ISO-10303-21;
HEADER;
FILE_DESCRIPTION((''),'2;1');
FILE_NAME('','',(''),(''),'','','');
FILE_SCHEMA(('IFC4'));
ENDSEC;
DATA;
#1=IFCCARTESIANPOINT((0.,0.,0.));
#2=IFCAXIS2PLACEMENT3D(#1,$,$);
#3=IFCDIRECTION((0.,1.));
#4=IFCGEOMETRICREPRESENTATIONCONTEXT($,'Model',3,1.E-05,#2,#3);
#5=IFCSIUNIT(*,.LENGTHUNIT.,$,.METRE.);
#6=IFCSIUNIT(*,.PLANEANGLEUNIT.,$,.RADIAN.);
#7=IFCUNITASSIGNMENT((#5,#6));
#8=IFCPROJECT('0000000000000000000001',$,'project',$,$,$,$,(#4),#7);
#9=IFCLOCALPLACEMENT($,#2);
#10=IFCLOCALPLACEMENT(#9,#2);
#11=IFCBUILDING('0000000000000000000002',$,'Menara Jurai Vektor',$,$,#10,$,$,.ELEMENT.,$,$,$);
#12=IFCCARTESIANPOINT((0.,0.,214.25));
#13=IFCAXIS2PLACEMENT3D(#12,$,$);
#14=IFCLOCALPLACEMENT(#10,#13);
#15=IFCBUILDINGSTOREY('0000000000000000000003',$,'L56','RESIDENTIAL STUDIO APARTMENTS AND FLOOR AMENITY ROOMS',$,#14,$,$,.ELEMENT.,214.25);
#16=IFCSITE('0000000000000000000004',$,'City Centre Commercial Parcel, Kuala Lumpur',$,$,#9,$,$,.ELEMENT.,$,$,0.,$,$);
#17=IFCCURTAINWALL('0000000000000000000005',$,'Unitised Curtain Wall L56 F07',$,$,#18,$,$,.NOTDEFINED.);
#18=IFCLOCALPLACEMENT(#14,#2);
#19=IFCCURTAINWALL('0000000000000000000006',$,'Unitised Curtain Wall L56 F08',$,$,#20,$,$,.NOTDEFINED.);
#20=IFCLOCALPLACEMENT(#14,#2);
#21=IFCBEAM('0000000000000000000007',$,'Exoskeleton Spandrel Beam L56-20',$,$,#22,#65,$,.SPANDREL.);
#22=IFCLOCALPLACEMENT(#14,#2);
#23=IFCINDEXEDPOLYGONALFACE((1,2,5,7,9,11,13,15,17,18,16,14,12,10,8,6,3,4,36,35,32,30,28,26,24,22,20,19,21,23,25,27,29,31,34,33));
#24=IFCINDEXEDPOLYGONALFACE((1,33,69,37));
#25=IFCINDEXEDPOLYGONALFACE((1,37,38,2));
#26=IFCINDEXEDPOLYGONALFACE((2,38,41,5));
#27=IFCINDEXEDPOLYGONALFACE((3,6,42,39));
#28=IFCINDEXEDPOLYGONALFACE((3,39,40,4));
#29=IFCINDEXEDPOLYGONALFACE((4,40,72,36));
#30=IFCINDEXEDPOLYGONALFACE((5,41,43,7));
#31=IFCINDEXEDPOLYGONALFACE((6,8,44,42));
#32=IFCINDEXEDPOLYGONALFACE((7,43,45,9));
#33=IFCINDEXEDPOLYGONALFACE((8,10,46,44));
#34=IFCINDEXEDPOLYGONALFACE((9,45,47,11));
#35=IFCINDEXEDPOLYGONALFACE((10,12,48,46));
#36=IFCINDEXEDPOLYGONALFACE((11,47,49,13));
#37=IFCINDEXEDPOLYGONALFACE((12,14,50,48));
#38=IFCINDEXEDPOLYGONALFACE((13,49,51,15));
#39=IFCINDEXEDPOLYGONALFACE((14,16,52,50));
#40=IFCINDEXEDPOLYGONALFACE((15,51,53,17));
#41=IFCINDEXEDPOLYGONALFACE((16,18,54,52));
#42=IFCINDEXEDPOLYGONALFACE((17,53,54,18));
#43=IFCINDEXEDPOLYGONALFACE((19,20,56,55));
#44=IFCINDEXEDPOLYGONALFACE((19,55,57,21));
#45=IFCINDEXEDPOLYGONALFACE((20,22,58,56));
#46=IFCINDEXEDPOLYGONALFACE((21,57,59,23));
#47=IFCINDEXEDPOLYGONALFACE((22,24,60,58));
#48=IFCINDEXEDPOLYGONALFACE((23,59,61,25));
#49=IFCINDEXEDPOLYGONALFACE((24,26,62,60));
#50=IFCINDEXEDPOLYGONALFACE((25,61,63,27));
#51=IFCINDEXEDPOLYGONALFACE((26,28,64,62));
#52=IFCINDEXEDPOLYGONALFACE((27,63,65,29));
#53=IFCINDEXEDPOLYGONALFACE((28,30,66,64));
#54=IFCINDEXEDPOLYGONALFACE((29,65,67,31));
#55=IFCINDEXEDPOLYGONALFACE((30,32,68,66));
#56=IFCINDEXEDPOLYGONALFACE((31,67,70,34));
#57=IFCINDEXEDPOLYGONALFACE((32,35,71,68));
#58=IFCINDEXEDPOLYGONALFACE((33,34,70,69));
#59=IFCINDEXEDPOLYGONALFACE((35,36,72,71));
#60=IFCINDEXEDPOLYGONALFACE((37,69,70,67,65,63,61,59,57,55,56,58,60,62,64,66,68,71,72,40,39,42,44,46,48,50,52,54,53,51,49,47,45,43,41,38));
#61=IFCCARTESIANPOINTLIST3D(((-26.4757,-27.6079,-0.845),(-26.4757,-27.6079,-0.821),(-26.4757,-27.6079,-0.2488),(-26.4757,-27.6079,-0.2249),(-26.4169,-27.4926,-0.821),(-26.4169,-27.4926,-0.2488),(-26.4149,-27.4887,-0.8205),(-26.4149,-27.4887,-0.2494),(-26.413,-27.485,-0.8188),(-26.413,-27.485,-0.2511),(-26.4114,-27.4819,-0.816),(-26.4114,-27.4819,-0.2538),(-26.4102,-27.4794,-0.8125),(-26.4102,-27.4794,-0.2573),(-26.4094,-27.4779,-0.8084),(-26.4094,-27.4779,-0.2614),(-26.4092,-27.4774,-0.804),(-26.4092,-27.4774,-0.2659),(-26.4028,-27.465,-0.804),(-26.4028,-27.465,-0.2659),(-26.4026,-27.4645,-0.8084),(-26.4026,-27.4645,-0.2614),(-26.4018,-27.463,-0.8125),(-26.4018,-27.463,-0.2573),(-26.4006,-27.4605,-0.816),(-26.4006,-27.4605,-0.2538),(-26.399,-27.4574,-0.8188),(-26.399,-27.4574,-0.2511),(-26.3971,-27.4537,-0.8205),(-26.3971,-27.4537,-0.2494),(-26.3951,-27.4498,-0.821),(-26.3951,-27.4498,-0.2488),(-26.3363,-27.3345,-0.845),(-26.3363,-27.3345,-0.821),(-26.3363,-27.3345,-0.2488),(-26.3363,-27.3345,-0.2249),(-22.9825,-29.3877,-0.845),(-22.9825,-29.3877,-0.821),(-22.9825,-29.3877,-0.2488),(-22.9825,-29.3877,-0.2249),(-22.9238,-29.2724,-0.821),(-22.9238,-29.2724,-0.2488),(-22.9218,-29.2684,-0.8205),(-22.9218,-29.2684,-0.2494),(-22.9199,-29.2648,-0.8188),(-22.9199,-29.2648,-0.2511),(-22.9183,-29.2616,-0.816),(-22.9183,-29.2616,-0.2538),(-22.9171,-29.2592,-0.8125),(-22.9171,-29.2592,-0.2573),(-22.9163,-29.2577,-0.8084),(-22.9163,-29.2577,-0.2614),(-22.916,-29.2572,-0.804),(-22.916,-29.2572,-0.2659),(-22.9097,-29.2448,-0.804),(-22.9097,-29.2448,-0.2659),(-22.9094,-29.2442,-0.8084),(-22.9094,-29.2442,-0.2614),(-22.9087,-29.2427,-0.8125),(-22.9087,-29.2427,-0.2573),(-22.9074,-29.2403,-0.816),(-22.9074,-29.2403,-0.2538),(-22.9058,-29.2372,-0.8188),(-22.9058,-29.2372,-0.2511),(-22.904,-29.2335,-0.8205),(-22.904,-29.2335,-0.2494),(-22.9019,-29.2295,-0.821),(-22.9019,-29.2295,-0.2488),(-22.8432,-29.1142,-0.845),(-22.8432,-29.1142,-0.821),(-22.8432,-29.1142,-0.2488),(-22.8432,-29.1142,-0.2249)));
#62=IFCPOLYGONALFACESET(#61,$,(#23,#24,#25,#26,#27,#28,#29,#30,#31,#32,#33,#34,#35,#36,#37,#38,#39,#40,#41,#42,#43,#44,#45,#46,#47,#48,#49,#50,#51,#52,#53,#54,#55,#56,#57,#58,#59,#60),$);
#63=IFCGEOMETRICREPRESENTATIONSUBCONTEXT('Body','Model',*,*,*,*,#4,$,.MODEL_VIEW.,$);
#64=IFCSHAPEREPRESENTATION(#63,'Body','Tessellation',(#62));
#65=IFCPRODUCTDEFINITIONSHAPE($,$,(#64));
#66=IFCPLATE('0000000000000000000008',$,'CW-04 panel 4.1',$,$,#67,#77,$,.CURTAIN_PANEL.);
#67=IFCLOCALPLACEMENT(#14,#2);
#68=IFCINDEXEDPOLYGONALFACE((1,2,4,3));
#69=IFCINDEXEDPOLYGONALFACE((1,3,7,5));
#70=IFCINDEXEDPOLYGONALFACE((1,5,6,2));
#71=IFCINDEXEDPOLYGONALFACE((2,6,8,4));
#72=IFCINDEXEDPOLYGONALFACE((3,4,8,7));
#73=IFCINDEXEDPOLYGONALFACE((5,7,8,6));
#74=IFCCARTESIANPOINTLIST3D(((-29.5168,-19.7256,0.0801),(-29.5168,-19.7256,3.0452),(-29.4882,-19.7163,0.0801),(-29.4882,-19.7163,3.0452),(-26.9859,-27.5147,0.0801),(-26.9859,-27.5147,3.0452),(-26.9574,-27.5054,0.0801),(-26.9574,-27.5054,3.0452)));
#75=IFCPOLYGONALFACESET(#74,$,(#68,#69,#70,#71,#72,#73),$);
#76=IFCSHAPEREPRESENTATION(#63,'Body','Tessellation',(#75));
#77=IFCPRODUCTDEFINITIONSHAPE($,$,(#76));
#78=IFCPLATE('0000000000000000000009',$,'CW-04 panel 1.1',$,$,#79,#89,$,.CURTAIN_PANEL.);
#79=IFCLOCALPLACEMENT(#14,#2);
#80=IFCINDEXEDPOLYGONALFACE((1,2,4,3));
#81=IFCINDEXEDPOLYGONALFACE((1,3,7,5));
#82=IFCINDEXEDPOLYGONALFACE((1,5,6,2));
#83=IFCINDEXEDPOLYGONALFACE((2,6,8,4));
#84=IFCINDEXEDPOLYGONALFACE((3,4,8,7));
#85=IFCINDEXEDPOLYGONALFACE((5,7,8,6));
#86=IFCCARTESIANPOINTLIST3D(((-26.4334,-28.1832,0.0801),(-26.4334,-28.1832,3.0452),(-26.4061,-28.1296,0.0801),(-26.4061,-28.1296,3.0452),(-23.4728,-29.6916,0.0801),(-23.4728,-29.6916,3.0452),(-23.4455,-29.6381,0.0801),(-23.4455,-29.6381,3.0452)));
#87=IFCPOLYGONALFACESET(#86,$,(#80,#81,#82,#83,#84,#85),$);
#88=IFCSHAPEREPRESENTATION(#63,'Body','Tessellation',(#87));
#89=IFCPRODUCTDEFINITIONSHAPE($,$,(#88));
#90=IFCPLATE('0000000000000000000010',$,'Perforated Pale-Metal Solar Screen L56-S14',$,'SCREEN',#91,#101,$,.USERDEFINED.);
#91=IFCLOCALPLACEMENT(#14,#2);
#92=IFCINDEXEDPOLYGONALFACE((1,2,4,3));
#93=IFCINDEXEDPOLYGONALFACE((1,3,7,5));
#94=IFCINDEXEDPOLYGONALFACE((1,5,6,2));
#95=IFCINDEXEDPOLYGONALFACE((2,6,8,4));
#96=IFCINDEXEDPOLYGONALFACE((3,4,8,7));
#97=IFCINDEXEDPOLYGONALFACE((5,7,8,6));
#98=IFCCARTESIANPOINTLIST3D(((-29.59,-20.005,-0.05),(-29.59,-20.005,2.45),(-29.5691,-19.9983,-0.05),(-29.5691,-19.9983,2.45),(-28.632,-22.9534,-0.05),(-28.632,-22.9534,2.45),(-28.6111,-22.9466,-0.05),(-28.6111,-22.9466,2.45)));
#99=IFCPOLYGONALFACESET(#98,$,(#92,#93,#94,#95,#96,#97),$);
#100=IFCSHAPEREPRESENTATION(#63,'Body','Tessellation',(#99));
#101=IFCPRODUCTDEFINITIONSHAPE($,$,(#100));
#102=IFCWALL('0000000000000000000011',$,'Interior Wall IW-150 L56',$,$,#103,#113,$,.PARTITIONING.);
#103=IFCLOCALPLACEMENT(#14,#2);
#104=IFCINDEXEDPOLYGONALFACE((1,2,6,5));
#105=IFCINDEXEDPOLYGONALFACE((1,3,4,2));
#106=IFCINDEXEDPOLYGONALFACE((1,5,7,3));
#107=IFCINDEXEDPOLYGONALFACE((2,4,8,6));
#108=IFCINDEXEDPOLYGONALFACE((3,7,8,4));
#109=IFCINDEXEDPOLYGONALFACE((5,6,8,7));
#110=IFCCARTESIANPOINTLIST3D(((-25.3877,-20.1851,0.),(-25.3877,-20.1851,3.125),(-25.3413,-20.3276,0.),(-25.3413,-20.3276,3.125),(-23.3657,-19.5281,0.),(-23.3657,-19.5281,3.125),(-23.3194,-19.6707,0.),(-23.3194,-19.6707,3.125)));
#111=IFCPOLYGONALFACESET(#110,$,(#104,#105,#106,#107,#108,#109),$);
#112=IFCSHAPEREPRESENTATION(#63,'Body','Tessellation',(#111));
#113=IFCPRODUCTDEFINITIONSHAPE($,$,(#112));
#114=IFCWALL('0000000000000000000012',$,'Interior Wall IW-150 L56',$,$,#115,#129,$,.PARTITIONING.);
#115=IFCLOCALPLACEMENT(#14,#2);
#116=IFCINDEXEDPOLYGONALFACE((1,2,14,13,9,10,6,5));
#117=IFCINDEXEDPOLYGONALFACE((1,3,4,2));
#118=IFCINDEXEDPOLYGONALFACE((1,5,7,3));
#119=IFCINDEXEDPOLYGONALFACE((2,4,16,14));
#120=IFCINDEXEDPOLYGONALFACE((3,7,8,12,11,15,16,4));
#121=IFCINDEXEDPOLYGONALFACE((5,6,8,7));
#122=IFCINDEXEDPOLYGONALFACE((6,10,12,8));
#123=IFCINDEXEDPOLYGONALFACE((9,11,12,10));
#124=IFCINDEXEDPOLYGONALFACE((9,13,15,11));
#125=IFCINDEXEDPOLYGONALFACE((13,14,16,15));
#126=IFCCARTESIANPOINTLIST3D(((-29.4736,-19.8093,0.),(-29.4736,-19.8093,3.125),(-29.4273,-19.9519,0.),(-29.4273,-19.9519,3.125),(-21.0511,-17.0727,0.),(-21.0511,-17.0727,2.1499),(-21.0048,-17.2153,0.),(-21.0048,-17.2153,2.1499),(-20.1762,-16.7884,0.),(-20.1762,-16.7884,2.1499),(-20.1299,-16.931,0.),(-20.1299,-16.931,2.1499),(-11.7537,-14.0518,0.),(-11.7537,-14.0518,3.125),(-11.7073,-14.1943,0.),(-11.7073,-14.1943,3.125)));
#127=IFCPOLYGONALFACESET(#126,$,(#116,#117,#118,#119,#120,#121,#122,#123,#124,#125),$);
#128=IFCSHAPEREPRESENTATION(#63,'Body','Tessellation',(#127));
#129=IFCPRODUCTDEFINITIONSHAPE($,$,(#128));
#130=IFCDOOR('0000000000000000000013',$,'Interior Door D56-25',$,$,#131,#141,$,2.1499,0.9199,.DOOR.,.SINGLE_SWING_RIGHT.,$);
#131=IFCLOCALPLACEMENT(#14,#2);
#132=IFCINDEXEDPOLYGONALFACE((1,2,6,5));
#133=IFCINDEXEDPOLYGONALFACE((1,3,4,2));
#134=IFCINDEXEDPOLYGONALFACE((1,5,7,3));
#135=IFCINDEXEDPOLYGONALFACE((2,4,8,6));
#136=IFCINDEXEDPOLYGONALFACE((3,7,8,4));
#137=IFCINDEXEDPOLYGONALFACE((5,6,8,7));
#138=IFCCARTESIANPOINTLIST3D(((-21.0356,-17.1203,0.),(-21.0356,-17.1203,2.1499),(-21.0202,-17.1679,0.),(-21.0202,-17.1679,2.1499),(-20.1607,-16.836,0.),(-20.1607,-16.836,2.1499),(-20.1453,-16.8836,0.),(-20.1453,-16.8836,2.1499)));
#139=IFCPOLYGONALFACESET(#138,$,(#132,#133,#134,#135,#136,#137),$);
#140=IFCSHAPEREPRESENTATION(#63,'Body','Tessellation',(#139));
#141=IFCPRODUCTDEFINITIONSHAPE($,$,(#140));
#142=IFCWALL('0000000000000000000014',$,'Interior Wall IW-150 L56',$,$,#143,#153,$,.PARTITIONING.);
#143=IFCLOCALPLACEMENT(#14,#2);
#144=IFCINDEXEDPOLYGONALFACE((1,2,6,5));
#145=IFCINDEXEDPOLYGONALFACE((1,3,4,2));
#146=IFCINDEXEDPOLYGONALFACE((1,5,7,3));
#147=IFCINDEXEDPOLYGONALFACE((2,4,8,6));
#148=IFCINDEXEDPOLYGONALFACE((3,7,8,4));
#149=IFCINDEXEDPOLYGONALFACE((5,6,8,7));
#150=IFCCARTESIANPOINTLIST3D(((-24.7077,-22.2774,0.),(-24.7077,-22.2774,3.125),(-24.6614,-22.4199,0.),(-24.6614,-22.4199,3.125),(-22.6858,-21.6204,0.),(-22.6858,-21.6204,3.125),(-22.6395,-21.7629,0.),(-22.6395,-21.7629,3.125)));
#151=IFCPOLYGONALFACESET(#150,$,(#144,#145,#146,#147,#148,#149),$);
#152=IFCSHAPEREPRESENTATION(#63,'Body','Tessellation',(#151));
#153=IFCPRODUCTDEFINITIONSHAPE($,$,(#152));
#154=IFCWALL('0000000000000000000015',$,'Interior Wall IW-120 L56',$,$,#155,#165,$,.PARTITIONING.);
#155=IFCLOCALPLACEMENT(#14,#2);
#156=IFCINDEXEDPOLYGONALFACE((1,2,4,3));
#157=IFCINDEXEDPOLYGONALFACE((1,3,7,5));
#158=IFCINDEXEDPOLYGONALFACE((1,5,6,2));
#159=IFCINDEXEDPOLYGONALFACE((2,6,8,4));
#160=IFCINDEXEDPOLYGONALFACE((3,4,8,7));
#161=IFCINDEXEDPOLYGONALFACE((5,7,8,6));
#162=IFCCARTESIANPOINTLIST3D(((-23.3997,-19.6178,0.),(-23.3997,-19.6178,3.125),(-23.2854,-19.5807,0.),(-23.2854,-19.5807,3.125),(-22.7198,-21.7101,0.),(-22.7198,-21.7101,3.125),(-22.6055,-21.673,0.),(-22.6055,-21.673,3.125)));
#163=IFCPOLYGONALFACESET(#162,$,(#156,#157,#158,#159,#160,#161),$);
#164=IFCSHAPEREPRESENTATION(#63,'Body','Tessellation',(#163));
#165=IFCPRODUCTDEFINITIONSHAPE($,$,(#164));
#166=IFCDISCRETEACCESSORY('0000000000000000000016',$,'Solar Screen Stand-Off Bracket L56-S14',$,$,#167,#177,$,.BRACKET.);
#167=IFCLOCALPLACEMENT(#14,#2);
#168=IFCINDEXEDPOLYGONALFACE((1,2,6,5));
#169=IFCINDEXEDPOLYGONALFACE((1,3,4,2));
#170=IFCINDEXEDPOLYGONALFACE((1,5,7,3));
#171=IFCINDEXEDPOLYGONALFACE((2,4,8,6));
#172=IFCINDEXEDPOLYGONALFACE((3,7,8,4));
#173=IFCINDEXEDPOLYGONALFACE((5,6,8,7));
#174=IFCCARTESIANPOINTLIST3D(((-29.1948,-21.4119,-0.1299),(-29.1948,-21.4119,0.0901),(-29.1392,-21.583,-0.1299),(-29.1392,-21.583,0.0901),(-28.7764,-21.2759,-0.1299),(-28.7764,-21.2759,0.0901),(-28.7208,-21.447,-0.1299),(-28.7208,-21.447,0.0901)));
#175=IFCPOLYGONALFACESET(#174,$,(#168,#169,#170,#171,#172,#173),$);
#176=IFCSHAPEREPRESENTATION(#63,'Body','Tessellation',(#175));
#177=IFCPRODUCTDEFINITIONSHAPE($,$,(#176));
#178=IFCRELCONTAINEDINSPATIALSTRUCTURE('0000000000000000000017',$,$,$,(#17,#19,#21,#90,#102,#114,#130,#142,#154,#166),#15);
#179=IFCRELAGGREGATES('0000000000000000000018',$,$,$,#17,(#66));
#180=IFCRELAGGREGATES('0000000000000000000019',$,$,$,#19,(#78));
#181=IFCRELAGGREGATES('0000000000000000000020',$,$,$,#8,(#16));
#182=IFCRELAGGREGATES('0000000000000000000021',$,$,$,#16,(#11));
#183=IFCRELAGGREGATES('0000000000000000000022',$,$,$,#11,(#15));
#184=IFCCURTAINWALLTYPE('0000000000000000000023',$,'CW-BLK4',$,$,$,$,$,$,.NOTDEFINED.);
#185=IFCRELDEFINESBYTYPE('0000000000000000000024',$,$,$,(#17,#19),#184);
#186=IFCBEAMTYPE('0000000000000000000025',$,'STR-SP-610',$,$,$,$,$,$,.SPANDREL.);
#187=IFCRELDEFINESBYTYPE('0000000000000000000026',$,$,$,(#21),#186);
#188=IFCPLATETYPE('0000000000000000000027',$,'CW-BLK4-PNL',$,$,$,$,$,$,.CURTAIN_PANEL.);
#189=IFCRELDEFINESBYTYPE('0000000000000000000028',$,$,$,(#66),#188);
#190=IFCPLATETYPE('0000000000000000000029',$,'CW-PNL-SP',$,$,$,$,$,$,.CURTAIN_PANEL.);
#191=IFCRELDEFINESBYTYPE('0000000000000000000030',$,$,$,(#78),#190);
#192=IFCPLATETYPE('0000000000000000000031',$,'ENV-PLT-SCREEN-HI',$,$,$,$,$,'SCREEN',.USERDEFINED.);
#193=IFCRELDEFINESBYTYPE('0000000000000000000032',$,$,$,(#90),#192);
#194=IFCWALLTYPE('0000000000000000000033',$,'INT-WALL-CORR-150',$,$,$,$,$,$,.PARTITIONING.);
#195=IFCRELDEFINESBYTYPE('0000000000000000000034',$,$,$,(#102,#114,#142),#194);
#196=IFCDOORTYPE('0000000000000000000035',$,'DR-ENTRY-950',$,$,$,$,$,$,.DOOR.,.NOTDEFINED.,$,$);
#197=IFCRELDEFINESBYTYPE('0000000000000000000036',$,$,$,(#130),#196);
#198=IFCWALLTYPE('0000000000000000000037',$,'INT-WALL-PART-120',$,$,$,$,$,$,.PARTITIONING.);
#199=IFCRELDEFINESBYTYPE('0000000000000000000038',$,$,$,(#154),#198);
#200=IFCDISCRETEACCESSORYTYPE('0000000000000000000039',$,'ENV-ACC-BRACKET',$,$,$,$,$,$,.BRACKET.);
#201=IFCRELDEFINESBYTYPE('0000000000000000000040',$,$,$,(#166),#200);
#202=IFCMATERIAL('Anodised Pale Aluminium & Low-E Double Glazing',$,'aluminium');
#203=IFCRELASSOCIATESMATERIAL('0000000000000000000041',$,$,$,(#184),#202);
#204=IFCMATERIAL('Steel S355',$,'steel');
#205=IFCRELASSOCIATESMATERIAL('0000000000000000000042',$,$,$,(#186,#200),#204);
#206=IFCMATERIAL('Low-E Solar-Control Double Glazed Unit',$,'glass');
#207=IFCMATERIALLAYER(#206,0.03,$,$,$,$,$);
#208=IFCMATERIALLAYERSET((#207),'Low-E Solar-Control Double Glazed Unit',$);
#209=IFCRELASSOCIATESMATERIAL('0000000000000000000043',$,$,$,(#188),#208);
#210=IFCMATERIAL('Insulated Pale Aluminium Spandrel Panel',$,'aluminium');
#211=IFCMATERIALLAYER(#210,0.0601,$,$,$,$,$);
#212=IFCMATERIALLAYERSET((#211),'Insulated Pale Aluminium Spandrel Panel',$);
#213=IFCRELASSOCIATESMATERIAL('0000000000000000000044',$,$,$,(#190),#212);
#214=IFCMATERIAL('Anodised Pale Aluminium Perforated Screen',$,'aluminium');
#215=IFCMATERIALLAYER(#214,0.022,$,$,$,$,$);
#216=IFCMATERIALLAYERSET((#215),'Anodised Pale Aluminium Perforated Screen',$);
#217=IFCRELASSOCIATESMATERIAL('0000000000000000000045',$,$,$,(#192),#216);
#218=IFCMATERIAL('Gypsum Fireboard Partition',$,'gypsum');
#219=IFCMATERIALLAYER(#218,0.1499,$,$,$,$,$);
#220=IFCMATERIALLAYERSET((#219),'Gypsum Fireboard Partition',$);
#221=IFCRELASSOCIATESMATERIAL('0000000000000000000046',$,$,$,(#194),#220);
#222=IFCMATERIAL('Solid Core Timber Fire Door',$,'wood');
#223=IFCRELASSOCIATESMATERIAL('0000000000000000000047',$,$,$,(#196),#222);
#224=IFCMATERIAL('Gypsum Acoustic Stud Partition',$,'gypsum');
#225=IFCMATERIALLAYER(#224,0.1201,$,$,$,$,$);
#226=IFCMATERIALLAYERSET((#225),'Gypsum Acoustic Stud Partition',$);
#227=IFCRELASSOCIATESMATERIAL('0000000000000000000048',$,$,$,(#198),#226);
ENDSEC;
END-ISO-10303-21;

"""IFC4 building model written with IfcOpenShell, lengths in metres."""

from ifc_helpers import new_model, si_unit, direction, frame, frame_2d, origin, origin_2d, place, context, subcontext, project, spatial, rectangle, i_section, extrude, material, layer, layer_set, material_profile, profile_set, type_object, element, fill, aggregate, save


model = new_model("IFC4")

# Units and contexts
model_context = context("Model", 3, precision=1e-05, world=origin(), true_north=direction((0.0, 1.0)))
body_context = subcontext(model_context, "Body", "Model", "MODEL_VIEW")
ifc_project = project(units=[si_unit("LENGTHUNIT", "METRE"), si_unit("PLANEANGLEUNIT", "RADIAN")], contexts=[model_context])

# Site, building, storey
site_placement = place(None, origin())
site = spatial("IfcSite", under=ifc_project, at=site_placement, Name="City Centre Commercial Parcel, Kuala Lumpur", CompositionType="ELEMENT", RefElevation=0.0)
building_placement = place(site_placement, origin())
building = spatial("IfcBuilding", under=site, at=building_placement, Name="Menara Jurai Vektor", CompositionType="ELEMENT")
storey_placement = place(building_placement, frame((0.0, 0.0, 214.25)))
storey = spatial("IfcBuildingStorey", under=building, at=storey_placement, Name="L56", Description="RESIDENTIAL STUDIO APARTMENTS AND FLOOR AMENITY ROOMS", CompositionType="ELEMENT", Elevation=214.25)

# Curtain wall
ifc_material_1 = material(Name="Anodised Pale Aluminium & Low-E Double Glazing", Category="aluminium")
curtain_wall_type = type_object("IfcCurtainWallType", Name="CW-BLK4", PredefinedType="NOTDEFINED", material=ifc_material_1)
curtain_wall_1_placement = place(storey_placement, origin())
curtain_wall_1 = element("IfcCurtainWall", 1, at=curtain_wall_1_placement, inside=storey, type_object=curtain_wall_type, Name="Unitised Curtain Wall L56 F07", PredefinedType="NOTDEFINED")

# Curtain wall
curtain_wall_2_placement = place(storey_placement, origin())
curtain_wall_2 = element("IfcCurtainWall", 2, at=curtain_wall_2_placement, inside=storey, type_object=curtain_wall_type, Name="Unitised Curtain Wall L56 F08", PredefinedType="NOTDEFINED")

# Shared definitions
ifc_material_2 = material(Name="Steel S355", Category="steel")

# Beam
ifc_material_profile_1 = material_profile(ifc_material_2, i_section(OverallWidth=0.3069, OverallDepth=0.6201, WebThickness=0.0139, FlangeThickness=0.0239, FilletRadius=0.0171, at=origin_2d()), Name="UKB 610x305x179")
ifc_profile_set_1 = profile_set([ifc_material_profile_1], Name="Steel S355")
beam_type_1 = type_object("IfcBeamType", Name="STR-SP-610", PredefinedType="SPANDREL", material=ifc_profile_set_1)
beam_1_placement = place(storey_placement, frame((-26.406, -27.4712, -0.5349), z_axis=(0.891014, -0.453976, 0.0), x_axis=(0.453976, 0.891014, 0.0)))
element("IfcBeam", 3, at=beam_1_placement, inside=storey, type_object=beam_type_1, Name="Exoskeleton Spandrel Beam L56-20", PredefinedType="SPANDREL", context=body_context, shape_type="SweptSolid", body=[
    extrude(i_section(OverallWidth=0.3069, OverallDepth=0.6201, WebThickness=0.0139, FlangeThickness=0.0239, FilletRadius=0.0171, at=origin_2d()), origin(), (0.0, 0.0, 1.0), 3.9204),
])

# Plates
ifc_material_3 = material(Name="Low-E Solar-Control Double Glazed Unit", Category="glass")
ifc_layer_1 = layer(ifc_material_3, 0.03)
ifc_layer_set_1 = layer_set([ifc_layer_1], Name="Low-E Solar-Control Double Glazed Unit")
plate_type_1 = type_object("IfcPlateType", Name="CW-BLK4-PNL", PredefinedType="CURTAIN_PANEL", material=ifc_layer_set_1)
plate_1_placement = place(storey_placement, frame((-28.2371, -23.6155, 0.0801), z_axis=(0.0, 0.0, 1.0), x_axis=(0.309016, -0.951057, 0.0)))
plate_1 = element("IfcPlate", 4, at=plate_1_placement, type_object=plate_type_1, Name="CW-04 panel 4.1", PredefinedType="CURTAIN_PANEL", context=body_context, shape_type="SweptSolid", body=[
    extrude(rectangle(XDim=8.1899, YDim=0.03, at=origin_2d()), origin(), (0.0, 0.0, 1.0), 2.9651),
])
aggregate(curtain_wall_1, [plate_1])
ifc_material_4 = material(Name="Insulated Pale Aluminium Spandrel Panel", Category="aluminium")
ifc_layer_2 = layer(ifc_material_4, 0.0601)
ifc_layer_set_2 = layer_set([ifc_layer_2], Name="Insulated Pale Aluminium Spandrel Panel")
plate_type_2 = type_object("IfcPlateType", Name="CW-PNL-SP", PredefinedType="CURTAIN_PANEL", material=ifc_layer_set_2)
plate_2_placement = place(storey_placement, frame((-24.9395, -28.9106, 0.0801), z_axis=(0.0, 0.0, 1.0), x_axis=(0.891008, -0.453989, 0.0)))
plate_2 = element("IfcPlate", 5, at=plate_2_placement, type_object=plate_type_2, Name="CW-04 panel 1.1", PredefinedType="CURTAIN_PANEL", context=body_context, shape_type="SweptSolid", body=[
    extrude(rectangle(XDim=3.3228, YDim=0.0601, at=origin_2d()), origin(), (0.0, 0.0, 1.0), 2.9651),
])
aggregate(curtain_wall_2, [plate_2])
ifc_material_5 = material(Name="Anodised Pale Aluminium Perforated Screen", Category="aluminium")
ifc_layer_3 = layer(ifc_material_5, 0.022)
ifc_layer_set_3 = layer_set([ifc_layer_3], Name="Anodised Pale Aluminium Perforated Screen")
plate_type_3 = type_object("IfcPlateType", Name="ENV-PLT-SCREEN-HI", ElementType="SCREEN", PredefinedType="USERDEFINED", material=ifc_layer_set_3)
plate_3_placement = place(storey_placement, frame((-29.1006, -21.4758, -0.05), z_axis=(0.0, 0.0, 1.0), x_axis=(0.309017, -0.951057, 0.0)))
element("IfcPlate", 6, at=plate_3_placement, inside=storey, type_object=plate_type_3, Name="Perforated Pale-Metal Solar Screen L56-S14", ObjectType="SCREEN", PredefinedType="USERDEFINED", context=body_context, shape_type="SweptSolid", body=[
    extrude(rectangle(XDim=3.1001, YDim=0.022, at=origin_2d()), origin(), (0.0, 0.0, 1.0), 2.5),
])

# Shared definitions
ifc_material_6 = material(Name="Gypsum Fireboard Partition", Category="gypsum")
ifc_layer_4 = layer(ifc_material_6, 0.1499)
ifc_layer_set_4 = layer_set([ifc_layer_4], Name="Gypsum Fireboard Partition")
wall_type_1 = type_object("IfcWallType", Name="INT-WALL-CORR-150", PredefinedType="PARTITIONING", material=ifc_layer_set_4)
ifc_material_7 = material(Name="Solid Core Timber Fire Door", Category="wood")
door_type_1 = type_object("IfcDoorType", Name="DR-ENTRY-950", OperationType="NOTDEFINED", PredefinedType="DOOR", material=ifc_material_7)

# Wall
wall_1_placement = place(storey_placement, frame((-25.3645, -20.2563, 0.0), z_axis=(0.0, 0.0, 1.0), x_axis=(0.951056, 0.309019, 0.0)))
element("IfcWall", 7, at=wall_1_placement, inside=storey, type_object=wall_type_1, Name="Interior Wall IW-150 L56", PredefinedType="PARTITIONING", context=body_context, shape_type="SweptSolid", body=[
    extrude(rectangle(XDim=2.126, YDim=0.1499, at=frame_2d((1.063, 0.0))), origin(), (0.0, 0.0, 1.0), 3.125),
])

# Wall, opening, door
wall_2_placement = place(storey_placement, frame((-29.4504, -19.8806, 0.0), z_axis=(0.0, 0.0, 1.0), x_axis=(0.951057, 0.309017, 0.0)))
wall_2 = element("IfcWall", 8, at=wall_2_placement, inside=storey, type_object=wall_type_1, Name="Interior Wall IW-150 L56", PredefinedType="PARTITIONING", context=body_context, shape_type="SweptSolid", body=[
    extrude(rectangle(XDim=18.6318, YDim=0.1499, at=frame_2d((9.3159, 0.0))), origin(), (0.0, 0.0, 1.0), 3.125),
])
opening_1_placement = place(wall_2_placement, frame((8.856, 0.0, 0.0)))
opening_1 = element("IfcOpeningElement", 9, at=opening_1_placement, cuts=wall_2, PredefinedType="OPENING", context=body_context, shape_type="SweptSolid", body=[
    extrude(rectangle(XDim=0.9199, YDim=2.1499, at=frame_2d((0.46, 1.075))), frame((0.0, 0.085, 0.0), z_axis=(0.0, -1.0, 0.0), x_axis=(1.0, 0.0, 0.0)), (0.0, 0.0, 1.0), 0.1699),
])
door_1_placement = place(opening_1_placement, origin())
door_1 = element("IfcDoor", 10, at=door_1_placement, inside=storey, type_object=door_type_1, Name="Interior Door D56-25", OperationType="SINGLE_SWING_RIGHT", OverallHeight=2.1499, OverallWidth=0.9199, PredefinedType="DOOR", context=body_context, shape_type="SweptSolid", body=[
    extrude(rectangle(XDim=0.9199, YDim=2.1499, at=frame_2d((0.46, 1.075))), frame((0.0, 0.0249, 0.0), z_axis=(0.0, -1.0, 0.0), x_axis=(1.0, 0.0, 0.0)), (0.0, 0.0, 1.0), 0.05),
])
fill(opening_1, door_1)

# Wall
wall_3_placement = place(storey_placement, frame((-24.6846, -22.3486, 0.0), z_axis=(0.0, 0.0, 1.0), x_axis=(0.951056, 0.309019, 0.0)))
element("IfcWall", 11, at=wall_3_placement, inside=storey, type_object=wall_type_1, Name="Interior Wall IW-150 L56", PredefinedType="PARTITIONING", context=body_context, shape_type="SweptSolid", body=[
    extrude(rectangle(XDim=2.126, YDim=0.1499, at=frame_2d((1.063, 0.0))), origin(), (0.0, 0.0, 1.0), 3.125),
])

# Wall
ifc_material_8 = material(Name="Gypsum Acoustic Stud Partition", Category="gypsum")
ifc_layer_5 = layer(ifc_material_8, 0.1201)
ifc_layer_set_5 = layer_set([ifc_layer_5], Name="Gypsum Acoustic Stud Partition")
wall_type_2 = type_object("IfcWallType", Name="INT-WALL-PART-120", PredefinedType="PARTITIONING", material=ifc_layer_set_5)
wall_4_placement = place(storey_placement, frame((-22.6626, -21.6917, 0.0), z_axis=(0.0, 0.0, 1.0), x_axis=(-0.309061, 0.951042, 0.0)))
element("IfcWall", 12, at=wall_4_placement, inside=storey, type_object=wall_type_2, Name="Interior Wall IW-120 L56", PredefinedType="PARTITIONING", context=body_context, shape_type="SweptSolid", body=[
    extrude(rectangle(XDim=2.2, YDim=0.1201, at=frame_2d((1.1001, 0.0))), origin(), (0.0, 0.0, 1.0), 3.125),
])

# Discrete accessory
discrete_accessory_type = type_object("IfcDiscreteAccessoryType", Name="ENV-ACC-BRACKET", PredefinedType="BRACKET", material=ifc_material_2)
discrete_accessory_placement = place(storey_placement, frame((-28.9578, -21.4294, -0.1299), z_axis=(0.0, 0.0, 1.0), x_axis=(0.309017, -0.951057, 0.0)))
element("IfcDiscreteAccessory", 13, at=discrete_accessory_placement, inside=storey, type_object=discrete_accessory_type, Name="Solar Screen Stand-Off Bracket L56-S14", PredefinedType="BRACKET", context=body_context, shape_type="SweptSolid", body=[
    extrude(rectangle(XDim=0.1799, YDim=0.4399, at=origin_2d()), origin(), (0.0, 0.0, 1.0), 0.22),
])

save(model, "model.ifc")
